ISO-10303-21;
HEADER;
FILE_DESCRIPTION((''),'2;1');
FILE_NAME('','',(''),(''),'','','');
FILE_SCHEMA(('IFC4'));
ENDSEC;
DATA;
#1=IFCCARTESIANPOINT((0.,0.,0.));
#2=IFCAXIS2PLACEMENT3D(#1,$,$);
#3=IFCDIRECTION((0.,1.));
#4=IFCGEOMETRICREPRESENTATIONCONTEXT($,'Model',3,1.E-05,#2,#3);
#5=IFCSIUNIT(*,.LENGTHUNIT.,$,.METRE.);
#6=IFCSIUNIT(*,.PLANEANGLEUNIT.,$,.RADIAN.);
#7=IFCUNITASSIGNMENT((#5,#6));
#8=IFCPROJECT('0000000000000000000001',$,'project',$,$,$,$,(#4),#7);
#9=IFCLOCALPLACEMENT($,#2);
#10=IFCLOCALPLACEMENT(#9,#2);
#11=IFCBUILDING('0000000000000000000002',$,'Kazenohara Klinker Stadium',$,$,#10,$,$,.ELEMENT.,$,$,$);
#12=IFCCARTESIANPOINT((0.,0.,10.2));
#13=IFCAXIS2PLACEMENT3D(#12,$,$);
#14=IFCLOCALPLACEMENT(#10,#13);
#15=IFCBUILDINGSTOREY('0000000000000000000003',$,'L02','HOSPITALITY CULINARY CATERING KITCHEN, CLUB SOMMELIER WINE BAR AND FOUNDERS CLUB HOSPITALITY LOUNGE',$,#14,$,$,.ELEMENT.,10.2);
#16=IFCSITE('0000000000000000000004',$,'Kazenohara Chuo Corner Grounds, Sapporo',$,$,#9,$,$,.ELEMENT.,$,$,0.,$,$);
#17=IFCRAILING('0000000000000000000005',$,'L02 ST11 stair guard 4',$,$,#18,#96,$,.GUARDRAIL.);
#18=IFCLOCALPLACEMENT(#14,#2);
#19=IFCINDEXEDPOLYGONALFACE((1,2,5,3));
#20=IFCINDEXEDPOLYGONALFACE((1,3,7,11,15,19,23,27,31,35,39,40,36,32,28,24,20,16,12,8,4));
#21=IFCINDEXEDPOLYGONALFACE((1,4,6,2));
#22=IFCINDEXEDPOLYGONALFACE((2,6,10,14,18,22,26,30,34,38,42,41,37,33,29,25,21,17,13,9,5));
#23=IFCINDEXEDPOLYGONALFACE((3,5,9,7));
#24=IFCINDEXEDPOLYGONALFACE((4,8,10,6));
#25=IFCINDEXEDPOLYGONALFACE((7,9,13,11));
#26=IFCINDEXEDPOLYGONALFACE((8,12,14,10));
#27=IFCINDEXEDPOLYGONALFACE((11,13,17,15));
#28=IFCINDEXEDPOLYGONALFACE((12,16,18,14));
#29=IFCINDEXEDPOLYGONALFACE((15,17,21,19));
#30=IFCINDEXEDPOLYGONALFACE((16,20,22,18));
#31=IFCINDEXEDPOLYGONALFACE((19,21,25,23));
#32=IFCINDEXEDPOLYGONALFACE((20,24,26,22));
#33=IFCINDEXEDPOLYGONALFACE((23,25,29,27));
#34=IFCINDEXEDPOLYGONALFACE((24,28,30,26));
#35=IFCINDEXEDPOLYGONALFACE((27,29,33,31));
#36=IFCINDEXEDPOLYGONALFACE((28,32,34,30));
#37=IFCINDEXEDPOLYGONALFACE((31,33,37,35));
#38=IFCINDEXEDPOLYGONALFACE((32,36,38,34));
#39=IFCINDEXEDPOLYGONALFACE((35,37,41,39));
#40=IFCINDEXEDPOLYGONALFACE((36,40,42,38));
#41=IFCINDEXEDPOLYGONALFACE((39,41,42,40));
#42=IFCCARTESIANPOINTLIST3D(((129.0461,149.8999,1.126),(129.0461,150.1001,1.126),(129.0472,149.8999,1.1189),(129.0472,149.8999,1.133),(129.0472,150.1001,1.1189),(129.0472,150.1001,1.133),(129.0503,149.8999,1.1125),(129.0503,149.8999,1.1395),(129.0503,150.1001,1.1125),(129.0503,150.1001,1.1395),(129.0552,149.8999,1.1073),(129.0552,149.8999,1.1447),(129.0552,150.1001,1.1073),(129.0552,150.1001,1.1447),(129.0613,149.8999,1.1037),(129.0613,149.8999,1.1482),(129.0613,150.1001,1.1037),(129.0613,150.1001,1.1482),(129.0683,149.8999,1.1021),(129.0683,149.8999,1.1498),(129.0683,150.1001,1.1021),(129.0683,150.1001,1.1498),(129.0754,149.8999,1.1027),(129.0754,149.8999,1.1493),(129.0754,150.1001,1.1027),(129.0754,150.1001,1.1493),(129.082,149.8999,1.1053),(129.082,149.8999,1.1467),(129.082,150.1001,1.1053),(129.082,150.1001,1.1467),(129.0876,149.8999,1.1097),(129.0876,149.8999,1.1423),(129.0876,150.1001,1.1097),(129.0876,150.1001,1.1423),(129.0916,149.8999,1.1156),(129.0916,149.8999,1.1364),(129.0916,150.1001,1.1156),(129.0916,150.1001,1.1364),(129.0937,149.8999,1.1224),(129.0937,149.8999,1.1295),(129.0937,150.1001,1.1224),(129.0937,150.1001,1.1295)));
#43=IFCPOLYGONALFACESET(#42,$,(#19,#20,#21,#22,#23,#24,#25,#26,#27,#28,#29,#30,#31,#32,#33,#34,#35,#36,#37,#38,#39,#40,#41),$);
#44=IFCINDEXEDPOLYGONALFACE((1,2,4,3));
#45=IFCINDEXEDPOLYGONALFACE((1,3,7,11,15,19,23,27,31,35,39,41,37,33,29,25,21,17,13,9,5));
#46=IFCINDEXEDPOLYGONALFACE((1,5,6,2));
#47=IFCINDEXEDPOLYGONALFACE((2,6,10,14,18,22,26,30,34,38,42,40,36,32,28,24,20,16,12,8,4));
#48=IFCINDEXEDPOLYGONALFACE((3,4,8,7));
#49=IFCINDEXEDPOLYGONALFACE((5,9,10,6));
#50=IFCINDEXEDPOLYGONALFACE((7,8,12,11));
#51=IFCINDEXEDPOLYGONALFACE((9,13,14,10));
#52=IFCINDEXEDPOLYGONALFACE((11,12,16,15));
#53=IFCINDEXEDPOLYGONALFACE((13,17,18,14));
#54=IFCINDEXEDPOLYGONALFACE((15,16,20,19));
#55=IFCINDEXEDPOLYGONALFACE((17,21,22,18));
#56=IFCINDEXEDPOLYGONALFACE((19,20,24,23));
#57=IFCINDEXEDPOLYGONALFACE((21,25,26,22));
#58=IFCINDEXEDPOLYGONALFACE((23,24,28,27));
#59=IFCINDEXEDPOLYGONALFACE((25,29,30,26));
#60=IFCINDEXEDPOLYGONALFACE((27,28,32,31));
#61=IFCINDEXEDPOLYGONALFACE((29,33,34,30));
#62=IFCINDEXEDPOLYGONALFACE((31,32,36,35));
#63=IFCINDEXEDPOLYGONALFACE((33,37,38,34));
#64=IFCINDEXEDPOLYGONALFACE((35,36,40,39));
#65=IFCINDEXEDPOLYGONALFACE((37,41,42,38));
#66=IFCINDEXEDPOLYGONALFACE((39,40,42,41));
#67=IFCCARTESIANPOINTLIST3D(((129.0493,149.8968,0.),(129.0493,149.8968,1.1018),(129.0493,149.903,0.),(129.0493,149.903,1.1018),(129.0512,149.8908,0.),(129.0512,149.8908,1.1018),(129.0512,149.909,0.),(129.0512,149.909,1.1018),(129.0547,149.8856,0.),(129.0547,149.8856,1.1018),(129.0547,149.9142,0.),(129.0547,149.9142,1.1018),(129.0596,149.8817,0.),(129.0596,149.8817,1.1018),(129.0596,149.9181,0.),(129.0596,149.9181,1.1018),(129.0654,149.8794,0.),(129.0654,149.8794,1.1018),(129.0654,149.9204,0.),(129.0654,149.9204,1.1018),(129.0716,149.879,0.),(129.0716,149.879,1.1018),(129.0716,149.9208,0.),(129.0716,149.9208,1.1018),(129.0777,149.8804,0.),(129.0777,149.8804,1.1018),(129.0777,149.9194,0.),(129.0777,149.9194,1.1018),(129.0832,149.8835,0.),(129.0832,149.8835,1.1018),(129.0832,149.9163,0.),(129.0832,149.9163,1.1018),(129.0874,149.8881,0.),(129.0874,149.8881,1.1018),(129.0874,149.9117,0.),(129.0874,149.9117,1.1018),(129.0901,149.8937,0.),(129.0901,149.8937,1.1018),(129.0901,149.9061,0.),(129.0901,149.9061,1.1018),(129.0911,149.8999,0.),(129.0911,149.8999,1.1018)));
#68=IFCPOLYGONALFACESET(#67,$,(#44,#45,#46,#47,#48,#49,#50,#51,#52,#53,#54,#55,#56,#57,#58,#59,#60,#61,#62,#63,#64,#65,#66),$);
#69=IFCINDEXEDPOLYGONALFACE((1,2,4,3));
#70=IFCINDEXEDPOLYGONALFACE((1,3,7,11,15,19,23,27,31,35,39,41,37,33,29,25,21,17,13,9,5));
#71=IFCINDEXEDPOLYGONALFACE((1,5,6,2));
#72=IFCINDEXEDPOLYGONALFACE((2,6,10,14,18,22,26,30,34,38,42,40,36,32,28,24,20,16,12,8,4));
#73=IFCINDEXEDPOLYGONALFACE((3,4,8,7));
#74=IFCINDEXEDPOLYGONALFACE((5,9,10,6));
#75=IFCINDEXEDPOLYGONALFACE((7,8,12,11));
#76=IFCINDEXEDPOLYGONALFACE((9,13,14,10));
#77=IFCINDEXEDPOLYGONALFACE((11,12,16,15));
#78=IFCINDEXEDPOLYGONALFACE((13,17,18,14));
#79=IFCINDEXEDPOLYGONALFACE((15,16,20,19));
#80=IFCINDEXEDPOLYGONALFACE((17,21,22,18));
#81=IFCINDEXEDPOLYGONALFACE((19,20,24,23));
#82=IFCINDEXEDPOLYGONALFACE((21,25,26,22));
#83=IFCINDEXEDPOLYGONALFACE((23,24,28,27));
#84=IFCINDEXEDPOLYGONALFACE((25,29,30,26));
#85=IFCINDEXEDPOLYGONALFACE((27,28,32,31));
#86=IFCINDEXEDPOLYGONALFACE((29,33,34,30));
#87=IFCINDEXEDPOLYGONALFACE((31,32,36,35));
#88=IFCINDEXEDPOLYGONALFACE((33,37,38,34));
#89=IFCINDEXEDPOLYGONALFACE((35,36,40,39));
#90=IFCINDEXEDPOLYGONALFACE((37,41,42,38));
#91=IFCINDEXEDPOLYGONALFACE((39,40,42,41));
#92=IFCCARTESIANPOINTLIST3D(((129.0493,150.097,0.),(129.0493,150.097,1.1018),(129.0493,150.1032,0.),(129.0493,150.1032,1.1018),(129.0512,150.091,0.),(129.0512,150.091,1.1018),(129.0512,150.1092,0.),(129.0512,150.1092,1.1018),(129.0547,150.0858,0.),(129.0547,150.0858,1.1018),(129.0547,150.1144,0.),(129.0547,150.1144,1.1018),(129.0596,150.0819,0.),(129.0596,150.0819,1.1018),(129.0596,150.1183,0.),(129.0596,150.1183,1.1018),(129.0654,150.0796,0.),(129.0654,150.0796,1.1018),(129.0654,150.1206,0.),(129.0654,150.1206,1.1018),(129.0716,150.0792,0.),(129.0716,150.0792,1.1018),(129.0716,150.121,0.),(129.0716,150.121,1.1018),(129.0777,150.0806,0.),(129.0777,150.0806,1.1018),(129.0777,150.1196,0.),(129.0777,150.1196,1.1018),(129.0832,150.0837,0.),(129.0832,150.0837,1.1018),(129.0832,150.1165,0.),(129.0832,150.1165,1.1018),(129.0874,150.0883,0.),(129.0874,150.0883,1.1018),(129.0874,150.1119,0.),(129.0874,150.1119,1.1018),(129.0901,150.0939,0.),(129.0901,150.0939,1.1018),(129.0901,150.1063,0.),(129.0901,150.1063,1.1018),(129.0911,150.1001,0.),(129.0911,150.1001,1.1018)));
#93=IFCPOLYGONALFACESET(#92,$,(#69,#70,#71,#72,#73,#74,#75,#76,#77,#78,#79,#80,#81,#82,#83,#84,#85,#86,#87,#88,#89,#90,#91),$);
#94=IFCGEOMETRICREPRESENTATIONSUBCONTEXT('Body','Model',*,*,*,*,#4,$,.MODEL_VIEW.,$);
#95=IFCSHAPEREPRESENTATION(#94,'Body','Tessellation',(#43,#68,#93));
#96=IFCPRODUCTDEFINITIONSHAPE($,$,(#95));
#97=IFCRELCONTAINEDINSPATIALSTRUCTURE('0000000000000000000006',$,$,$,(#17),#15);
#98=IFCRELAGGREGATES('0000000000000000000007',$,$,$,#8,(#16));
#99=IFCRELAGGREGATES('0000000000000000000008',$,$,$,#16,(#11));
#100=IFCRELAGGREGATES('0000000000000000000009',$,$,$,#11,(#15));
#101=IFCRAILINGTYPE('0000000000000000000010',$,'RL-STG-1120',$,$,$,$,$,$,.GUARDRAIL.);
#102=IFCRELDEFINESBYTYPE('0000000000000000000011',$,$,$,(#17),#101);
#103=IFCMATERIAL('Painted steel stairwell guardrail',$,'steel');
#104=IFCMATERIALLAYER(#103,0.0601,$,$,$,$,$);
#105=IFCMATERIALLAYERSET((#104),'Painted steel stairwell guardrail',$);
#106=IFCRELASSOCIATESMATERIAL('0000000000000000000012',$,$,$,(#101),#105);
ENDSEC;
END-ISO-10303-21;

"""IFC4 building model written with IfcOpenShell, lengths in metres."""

from ifc_helpers import new_model, si_unit, direction, frame, origin, origin_2d, place, context, subcontext, project, spatial, circle, extrude, material, layer, layer_set, type_object, element, save


model = new_model("IFC4")

# Units and contexts
model_context = context("Model", 3, precision=1e-05, world=origin(), true_north=direction((0.0, 1.0)))
body_context = subcontext(model_context, "Body", "Model", "MODEL_VIEW")
ifc_project = project(units=[si_unit("LENGTHUNIT", "METRE"), si_unit("PLANEANGLEUNIT", "RADIAN")], contexts=[model_context])

# Site, building, storey
site_placement = place(None, origin())
site = spatial("IfcSite", under=ifc_project, at=site_placement, Name="Kazenohara Chuo Corner Grounds, Sapporo", CompositionType="ELEMENT", RefElevation=0.0)
building_placement = place(site_placement, origin())
building = spatial("IfcBuilding", under=site, at=building_placement, Name="Kazenohara Klinker Stadium", CompositionType="ELEMENT")
storey_placement = place(building_placement, frame((0.0, 0.0, 10.2)))
storey = spatial("IfcBuildingStorey", under=building, at=storey_placement, Name="L02", Description="HOSPITALITY CULINARY CATERING KITCHEN, CLUB SOMMELIER WINE BAR AND FOUNDERS CLUB HOSPITALITY LOUNGE", CompositionType="ELEMENT", Elevation=10.2)

# Railing
ifc_material_1 = material(Name="Painted steel stairwell guardrail", Category="steel")
ifc_layer_1 = layer(ifc_material_1, 0.0601)
ifc_layer_set_1 = layer_set([ifc_layer_1], Name="Painted steel stairwell guardrail")
railing_type_1 = type_object("IfcRailingType", Name="RL-STG-1120", PredefinedType="GUARDRAIL", material=ifc_layer_set_1)
railing_1_placement = place(storey_placement, frame((129.0701, 149.8999, 0.0)))
element("IfcRailing", 1, at=railing_1_placement, inside=storey, type_object=railing_type_1, Name="L02 ST11 stair guard 4", PredefinedType="GUARDRAIL", context=body_context, shape_type="SweptSolid", body=[
    extrude(circle(Radius=0.0239, at=origin_2d()), frame((0.0, 0.0, 1.126), z_axis=(0.0, 1.0, 0.0), x_axis=(-1.0, 0.0, 0.0)), (0.0, 0.0, 1.0), 0.2002),
    extrude(circle(Radius=0.021, at=origin_2d()), origin(), (0.0, 0.0, 1.0), 1.1018),
    extrude(circle(Radius=0.021, at=origin_2d()), frame((0.0, 0.2002, 0.0)), (0.0, 0.0, 1.0), 1.1018),
])

save(model, "model.ifc")
